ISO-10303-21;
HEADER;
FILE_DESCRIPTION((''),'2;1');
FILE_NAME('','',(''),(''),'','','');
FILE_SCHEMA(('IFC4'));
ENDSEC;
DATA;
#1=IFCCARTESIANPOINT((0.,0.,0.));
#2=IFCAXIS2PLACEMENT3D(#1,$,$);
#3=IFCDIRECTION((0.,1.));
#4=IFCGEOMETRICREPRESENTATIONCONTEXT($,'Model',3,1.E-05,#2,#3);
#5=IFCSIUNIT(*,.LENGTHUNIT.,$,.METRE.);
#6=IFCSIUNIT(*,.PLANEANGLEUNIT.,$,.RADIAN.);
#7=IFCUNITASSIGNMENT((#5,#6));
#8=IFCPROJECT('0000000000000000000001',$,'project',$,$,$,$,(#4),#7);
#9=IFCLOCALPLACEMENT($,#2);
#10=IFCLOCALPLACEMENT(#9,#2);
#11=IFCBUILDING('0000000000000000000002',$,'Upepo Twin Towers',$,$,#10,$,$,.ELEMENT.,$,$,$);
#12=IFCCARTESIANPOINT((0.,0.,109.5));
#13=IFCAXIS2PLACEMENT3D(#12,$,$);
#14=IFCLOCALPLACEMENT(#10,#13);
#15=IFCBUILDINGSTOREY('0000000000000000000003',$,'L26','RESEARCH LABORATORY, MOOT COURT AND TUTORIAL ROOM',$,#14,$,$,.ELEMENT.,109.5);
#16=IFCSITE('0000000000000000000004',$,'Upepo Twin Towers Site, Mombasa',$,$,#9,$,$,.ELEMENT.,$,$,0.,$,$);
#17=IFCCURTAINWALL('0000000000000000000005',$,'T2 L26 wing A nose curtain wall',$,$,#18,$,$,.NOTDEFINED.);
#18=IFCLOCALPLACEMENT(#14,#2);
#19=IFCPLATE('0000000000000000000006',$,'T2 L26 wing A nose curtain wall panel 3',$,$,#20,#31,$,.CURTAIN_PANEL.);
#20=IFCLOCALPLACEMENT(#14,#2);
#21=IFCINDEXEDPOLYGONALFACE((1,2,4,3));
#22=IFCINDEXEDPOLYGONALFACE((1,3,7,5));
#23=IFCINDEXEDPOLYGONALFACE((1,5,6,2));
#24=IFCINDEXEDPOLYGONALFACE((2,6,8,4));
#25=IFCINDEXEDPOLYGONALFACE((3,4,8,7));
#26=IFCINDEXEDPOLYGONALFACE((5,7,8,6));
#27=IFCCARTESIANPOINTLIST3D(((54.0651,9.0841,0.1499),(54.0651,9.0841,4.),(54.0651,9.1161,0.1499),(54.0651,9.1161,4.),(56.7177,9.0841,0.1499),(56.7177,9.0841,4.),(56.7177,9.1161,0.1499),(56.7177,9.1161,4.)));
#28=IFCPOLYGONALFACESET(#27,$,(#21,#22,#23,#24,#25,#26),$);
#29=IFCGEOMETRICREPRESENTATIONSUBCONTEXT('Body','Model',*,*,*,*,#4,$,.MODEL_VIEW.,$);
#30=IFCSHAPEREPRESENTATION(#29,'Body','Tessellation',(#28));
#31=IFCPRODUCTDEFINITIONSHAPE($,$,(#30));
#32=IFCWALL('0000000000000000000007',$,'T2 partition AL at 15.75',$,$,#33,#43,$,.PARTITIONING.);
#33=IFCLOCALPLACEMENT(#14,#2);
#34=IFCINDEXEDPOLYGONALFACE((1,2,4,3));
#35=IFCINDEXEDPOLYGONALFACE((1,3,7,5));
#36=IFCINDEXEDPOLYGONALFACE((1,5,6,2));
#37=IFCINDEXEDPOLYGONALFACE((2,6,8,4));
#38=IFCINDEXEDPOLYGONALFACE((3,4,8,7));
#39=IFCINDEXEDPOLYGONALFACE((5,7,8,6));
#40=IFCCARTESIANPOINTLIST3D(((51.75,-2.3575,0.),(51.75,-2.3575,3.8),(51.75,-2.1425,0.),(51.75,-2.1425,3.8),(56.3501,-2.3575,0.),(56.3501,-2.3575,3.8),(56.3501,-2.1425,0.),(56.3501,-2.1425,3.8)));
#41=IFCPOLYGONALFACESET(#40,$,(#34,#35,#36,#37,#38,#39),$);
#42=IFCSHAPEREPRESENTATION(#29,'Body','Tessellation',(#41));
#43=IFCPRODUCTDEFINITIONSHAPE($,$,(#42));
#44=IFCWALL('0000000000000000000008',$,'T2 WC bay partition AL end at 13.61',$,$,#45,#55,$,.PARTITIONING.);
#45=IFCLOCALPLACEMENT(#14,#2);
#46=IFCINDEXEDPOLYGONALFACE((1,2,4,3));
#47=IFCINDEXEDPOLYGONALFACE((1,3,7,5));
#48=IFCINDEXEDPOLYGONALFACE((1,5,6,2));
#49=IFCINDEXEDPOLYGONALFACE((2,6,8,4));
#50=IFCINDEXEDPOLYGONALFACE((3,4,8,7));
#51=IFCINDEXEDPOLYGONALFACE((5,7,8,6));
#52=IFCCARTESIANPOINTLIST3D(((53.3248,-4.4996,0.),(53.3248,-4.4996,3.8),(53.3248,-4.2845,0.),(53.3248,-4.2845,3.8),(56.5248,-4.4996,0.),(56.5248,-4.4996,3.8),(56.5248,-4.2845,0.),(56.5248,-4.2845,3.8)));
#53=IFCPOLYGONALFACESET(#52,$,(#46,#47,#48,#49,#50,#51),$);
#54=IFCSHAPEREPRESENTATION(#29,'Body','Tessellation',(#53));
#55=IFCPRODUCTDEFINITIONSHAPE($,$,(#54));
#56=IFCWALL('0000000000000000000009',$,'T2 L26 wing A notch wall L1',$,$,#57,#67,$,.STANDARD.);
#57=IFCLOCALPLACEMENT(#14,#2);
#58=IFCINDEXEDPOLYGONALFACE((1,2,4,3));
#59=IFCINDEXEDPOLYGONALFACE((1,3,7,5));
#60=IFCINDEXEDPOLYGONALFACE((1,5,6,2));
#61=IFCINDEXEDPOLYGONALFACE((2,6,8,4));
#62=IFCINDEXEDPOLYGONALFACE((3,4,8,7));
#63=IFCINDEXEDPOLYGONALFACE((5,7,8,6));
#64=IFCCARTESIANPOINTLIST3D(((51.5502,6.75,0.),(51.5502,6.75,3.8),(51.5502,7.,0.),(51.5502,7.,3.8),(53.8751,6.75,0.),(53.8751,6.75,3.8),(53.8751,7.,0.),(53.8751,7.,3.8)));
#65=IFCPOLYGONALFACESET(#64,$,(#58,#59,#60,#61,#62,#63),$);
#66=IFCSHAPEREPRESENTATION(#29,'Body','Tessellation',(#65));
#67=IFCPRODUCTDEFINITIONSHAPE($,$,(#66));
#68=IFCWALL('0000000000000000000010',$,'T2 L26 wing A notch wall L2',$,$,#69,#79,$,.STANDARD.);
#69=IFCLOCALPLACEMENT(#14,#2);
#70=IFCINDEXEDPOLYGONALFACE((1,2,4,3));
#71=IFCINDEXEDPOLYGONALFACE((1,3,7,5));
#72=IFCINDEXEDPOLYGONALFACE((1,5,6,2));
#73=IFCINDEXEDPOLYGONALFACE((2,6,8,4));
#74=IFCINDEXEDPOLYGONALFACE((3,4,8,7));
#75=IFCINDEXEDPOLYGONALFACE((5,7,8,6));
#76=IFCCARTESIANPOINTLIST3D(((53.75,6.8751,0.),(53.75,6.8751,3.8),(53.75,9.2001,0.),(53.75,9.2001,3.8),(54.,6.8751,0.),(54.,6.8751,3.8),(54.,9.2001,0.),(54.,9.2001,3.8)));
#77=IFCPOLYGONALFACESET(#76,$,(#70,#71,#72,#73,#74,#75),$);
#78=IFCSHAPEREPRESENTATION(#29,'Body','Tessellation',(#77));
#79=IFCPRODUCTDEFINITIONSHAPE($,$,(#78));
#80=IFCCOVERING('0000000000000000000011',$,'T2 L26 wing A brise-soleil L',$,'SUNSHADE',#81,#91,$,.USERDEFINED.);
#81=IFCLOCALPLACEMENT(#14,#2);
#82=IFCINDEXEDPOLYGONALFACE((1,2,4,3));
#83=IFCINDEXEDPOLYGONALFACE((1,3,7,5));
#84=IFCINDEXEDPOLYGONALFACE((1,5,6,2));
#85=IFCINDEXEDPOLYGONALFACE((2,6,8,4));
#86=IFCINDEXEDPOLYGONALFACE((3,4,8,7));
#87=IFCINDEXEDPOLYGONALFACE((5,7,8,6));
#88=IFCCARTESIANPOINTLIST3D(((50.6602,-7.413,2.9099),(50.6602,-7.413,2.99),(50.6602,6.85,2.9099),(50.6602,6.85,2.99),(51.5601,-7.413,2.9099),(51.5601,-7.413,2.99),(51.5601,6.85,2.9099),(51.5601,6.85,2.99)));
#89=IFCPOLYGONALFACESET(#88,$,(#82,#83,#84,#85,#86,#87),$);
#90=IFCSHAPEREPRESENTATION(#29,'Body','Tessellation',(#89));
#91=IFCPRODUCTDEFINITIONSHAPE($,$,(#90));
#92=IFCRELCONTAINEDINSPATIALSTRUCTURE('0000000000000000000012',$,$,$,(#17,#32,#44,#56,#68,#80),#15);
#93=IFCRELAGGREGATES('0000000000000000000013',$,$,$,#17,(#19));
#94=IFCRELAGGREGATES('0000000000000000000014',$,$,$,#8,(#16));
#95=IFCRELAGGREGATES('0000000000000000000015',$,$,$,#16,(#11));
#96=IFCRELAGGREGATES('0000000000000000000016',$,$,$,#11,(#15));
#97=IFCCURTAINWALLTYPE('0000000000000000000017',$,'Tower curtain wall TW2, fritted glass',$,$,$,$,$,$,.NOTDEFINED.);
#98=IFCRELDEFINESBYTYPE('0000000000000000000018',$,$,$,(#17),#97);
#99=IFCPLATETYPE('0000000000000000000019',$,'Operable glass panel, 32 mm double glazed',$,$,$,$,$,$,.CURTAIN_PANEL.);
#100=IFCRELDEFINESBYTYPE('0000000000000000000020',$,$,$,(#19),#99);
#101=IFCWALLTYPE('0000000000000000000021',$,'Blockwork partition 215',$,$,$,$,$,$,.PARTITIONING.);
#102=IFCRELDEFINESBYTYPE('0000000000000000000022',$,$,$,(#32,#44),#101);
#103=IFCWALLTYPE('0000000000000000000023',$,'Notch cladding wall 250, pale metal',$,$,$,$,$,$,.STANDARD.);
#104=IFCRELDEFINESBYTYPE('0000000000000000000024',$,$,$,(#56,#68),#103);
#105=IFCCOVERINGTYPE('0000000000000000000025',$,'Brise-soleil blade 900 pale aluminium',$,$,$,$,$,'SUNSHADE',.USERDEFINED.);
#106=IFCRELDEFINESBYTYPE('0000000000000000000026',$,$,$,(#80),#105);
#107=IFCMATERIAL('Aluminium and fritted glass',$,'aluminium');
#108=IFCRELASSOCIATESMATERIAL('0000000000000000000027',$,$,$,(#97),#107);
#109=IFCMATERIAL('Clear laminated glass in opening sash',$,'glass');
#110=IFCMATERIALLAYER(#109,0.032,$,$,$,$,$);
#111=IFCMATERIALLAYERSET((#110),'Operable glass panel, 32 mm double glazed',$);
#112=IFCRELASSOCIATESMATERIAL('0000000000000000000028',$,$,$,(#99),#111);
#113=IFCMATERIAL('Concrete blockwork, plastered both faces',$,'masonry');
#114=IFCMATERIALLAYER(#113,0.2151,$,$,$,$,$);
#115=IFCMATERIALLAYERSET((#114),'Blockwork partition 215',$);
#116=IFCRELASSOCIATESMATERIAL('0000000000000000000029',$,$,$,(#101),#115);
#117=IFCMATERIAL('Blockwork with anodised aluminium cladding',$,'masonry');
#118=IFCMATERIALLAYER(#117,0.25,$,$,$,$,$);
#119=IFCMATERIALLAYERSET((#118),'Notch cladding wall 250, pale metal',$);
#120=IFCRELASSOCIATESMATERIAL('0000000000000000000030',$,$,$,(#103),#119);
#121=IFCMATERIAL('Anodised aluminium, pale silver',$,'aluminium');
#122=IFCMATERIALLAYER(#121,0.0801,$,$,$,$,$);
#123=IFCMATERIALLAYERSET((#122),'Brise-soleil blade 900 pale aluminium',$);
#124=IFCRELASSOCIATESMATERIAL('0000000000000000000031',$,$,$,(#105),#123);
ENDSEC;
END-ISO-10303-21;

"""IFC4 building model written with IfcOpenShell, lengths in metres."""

from ifc_helpers import new_model, si_unit, direction, frame, frame_2d, origin, origin_2d, place, context, subcontext, project, spatial, rectangle, extrude, material, layer, layer_set, type_object, element, aggregate, save


model = new_model("IFC4")

# Units and contexts
model_context = context("Model", 3, precision=1e-05, world=origin(), true_north=direction((0.0, 1.0)))
body_context = subcontext(model_context, "Body", "Model", "MODEL_VIEW")
ifc_project = project(units=[si_unit("LENGTHUNIT", "METRE"), si_unit("PLANEANGLEUNIT", "RADIAN")], contexts=[model_context])

# Site, building, storey
site_placement = place(None, origin())
site = spatial("IfcSite", under=ifc_project, at=site_placement, Name="Upepo Twin Towers Site, Mombasa", CompositionType="ELEMENT", RefElevation=0.0)
building_placement = place(site_placement, origin())
building = spatial("IfcBuilding", under=site, at=building_placement, Name="Upepo Twin Towers", CompositionType="ELEMENT")
storey_placement = place(building_placement, frame((0.0, 0.0, 109.5)))
storey = spatial("IfcBuildingStorey", under=building, at=storey_placement, Name="L26", Description="RESEARCH LABORATORY, MOOT COURT AND TUTORIAL ROOM", CompositionType="ELEMENT", Elevation=109.5)

# Shared definitions
ifc_material_1 = material(Name="Aluminium and fritted glass", Category="aluminium")
curtain_wall_type = type_object("IfcCurtainWallType", Name="Tower curtain wall TW2, fritted glass", PredefinedType="NOTDEFINED", material=ifc_material_1)

# Curtain wall
curtain_wall_1_placement = place(storey_placement, origin())
curtain_wall_1 = element("IfcCurtainWall", 1, at=curtain_wall_1_placement, inside=storey, type_object=curtain_wall_type, Name="T2 L26 wing A nose curtain wall", PredefinedType="NOTDEFINED")

# Plate
ifc_material_2 = material(Name="Clear laminated glass in opening sash", Category="glass")
ifc_layer_1 = layer(ifc_material_2, 0.032)
ifc_layer_set_1 = layer_set([ifc_layer_1], Name="Operable glass panel, 32 mm double glazed")
plate_type_1 = type_object("IfcPlateType", Name="Operable glass panel, 32 mm double glazed", PredefinedType="CURTAIN_PANEL", material=ifc_layer_set_1)
plate_1_placement = place(storey_placement, frame((55.3914, 9.1001, 0.1499), z_axis=(0.0, 0.0, 1.0), x_axis=(-1.0, 0.0, 0.0)))
plate_1 = element("IfcPlate", 2, at=plate_1_placement, type_object=plate_type_1, Name="T2 L26 wing A nose curtain wall panel 3", PredefinedType="CURTAIN_PANEL", context=body_context, shape_type="SweptSolid", body=[
    extrude(rectangle(XDim=2.6526, YDim=0.032, at=origin_2d()), origin(), (0.0, 0.0, 1.0), 3.8501),
])
aggregate(curtain_wall_1, [plate_1])

# Walls
ifc_material_3 = material(Name="Concrete blockwork, plastered both faces", Category="masonry")
ifc_layer_2 = layer(ifc_material_3, 0.2151)
ifc_layer_set_2 = layer_set([ifc_layer_2], Name="Blockwork partition 215")
wall_type_1 = type_object("IfcWallType", Name="Blockwork partition 215", PredefinedType="PARTITIONING", material=ifc_layer_set_2)
wall_1_placement = place(storey_placement, frame((56.3501, -2.25, 0.0), z_axis=(0.0, 0.0, 1.0), x_axis=(-1.0, 0.0, 0.0)))
element("IfcWall", 3, at=wall_1_placement, inside=storey, type_object=wall_type_1, Name="T2 partition AL at 15.75", PredefinedType="PARTITIONING", context=body_context, shape_type="SweptSolid", body=[
    extrude(rectangle(XDim=4.6001, YDim=0.2151, at=frame_2d((2.3, 0.0))), origin(), (0.0, 0.0, 1.0), 3.8),
])
wall_2_placement = place(storey_placement, frame((56.5249, -4.3921, 0.0), z_axis=(0.0, 0.0, 1.0), x_axis=(-1.0, 0.0, 0.0)))
element("IfcWall", 4, at=wall_2_placement, inside=storey, type_object=wall_type_1, Name="T2 WC bay partition AL end at 13.61", PredefinedType="PARTITIONING", context=body_context, shape_type="SweptSolid", body=[
    extrude(rectangle(XDim=3.2, YDim=0.2151, at=frame_2d((1.6001, 0.0))), origin(), (0.0, 0.0, 1.0), 3.8),
])
ifc_material_4 = material(Name="Blockwork with anodised aluminium cladding", Category="masonry")
ifc_layer_3 = layer(ifc_material_4, 0.25)
ifc_layer_set_3 = layer_set([ifc_layer_3], Name="Notch cladding wall 250, pale metal")
wall_type_2 = type_object("IfcWallType", Name="Notch cladding wall 250, pale metal", PredefinedType="STANDARD", material=ifc_layer_set_3)
for number, where, z_axis, x_axis, name in (
    (5, (51.55, 6.875, 0.0), (0.0, 0.0, 1.0), (1.0, 0.0, 0.0), "T2 L26 wing A notch wall L1"),
    (6, (53.875, 6.875, 0.0), (0.0, 0.0, 1.0), (0.0, 1.0, 0.0), "T2 L26 wing A notch wall L2"),
):
    element("IfcWall", number, at=place(storey_placement, frame(where, z_axis=z_axis, x_axis=x_axis)), inside=storey, type_object=wall_type_2, Name=name, PredefinedType="STANDARD", context=body_context, shape_type="SweptSolid", body=[
        extrude(rectangle(XDim=2.325, YDim=0.25, at=frame_2d((1.1626, 0.0))), origin(), (0.0, 0.0, 1.0), 3.8),
    ])

# Covering
ifc_material_5 = material(Name="Anodised aluminium, pale silver", Category="aluminium")
ifc_layer_4 = layer(ifc_material_5, 0.0801)
ifc_layer_set_4 = layer_set([ifc_layer_4], Name="Brise-soleil blade 900 pale aluminium")
covering_type = type_object("IfcCoveringType", Name="Brise-soleil blade 900 pale aluminium", ElementType="SUNSHADE", PredefinedType="USERDEFINED", material=ifc_layer_set_4)
covering_placement = place(storey_placement, frame((51.1101, -0.2815, 2.9099), z_axis=(0.0, 0.0, 1.0), x_axis=(0.0, 1.0, 0.0)))
element("IfcCovering", 7, at=covering_placement, inside=storey, type_object=covering_type, Name="T2 L26 wing A brise-soleil L", ObjectType="SUNSHADE", PredefinedType="USERDEFINED", context=body_context, shape_type="SweptSolid", body=[
    extrude(rectangle(XDim=14.2629, YDim=0.8999, at=origin_2d()), origin(), (0.0, 0.0, 1.0), 0.0801),
])

save(model, "model.ifc")
